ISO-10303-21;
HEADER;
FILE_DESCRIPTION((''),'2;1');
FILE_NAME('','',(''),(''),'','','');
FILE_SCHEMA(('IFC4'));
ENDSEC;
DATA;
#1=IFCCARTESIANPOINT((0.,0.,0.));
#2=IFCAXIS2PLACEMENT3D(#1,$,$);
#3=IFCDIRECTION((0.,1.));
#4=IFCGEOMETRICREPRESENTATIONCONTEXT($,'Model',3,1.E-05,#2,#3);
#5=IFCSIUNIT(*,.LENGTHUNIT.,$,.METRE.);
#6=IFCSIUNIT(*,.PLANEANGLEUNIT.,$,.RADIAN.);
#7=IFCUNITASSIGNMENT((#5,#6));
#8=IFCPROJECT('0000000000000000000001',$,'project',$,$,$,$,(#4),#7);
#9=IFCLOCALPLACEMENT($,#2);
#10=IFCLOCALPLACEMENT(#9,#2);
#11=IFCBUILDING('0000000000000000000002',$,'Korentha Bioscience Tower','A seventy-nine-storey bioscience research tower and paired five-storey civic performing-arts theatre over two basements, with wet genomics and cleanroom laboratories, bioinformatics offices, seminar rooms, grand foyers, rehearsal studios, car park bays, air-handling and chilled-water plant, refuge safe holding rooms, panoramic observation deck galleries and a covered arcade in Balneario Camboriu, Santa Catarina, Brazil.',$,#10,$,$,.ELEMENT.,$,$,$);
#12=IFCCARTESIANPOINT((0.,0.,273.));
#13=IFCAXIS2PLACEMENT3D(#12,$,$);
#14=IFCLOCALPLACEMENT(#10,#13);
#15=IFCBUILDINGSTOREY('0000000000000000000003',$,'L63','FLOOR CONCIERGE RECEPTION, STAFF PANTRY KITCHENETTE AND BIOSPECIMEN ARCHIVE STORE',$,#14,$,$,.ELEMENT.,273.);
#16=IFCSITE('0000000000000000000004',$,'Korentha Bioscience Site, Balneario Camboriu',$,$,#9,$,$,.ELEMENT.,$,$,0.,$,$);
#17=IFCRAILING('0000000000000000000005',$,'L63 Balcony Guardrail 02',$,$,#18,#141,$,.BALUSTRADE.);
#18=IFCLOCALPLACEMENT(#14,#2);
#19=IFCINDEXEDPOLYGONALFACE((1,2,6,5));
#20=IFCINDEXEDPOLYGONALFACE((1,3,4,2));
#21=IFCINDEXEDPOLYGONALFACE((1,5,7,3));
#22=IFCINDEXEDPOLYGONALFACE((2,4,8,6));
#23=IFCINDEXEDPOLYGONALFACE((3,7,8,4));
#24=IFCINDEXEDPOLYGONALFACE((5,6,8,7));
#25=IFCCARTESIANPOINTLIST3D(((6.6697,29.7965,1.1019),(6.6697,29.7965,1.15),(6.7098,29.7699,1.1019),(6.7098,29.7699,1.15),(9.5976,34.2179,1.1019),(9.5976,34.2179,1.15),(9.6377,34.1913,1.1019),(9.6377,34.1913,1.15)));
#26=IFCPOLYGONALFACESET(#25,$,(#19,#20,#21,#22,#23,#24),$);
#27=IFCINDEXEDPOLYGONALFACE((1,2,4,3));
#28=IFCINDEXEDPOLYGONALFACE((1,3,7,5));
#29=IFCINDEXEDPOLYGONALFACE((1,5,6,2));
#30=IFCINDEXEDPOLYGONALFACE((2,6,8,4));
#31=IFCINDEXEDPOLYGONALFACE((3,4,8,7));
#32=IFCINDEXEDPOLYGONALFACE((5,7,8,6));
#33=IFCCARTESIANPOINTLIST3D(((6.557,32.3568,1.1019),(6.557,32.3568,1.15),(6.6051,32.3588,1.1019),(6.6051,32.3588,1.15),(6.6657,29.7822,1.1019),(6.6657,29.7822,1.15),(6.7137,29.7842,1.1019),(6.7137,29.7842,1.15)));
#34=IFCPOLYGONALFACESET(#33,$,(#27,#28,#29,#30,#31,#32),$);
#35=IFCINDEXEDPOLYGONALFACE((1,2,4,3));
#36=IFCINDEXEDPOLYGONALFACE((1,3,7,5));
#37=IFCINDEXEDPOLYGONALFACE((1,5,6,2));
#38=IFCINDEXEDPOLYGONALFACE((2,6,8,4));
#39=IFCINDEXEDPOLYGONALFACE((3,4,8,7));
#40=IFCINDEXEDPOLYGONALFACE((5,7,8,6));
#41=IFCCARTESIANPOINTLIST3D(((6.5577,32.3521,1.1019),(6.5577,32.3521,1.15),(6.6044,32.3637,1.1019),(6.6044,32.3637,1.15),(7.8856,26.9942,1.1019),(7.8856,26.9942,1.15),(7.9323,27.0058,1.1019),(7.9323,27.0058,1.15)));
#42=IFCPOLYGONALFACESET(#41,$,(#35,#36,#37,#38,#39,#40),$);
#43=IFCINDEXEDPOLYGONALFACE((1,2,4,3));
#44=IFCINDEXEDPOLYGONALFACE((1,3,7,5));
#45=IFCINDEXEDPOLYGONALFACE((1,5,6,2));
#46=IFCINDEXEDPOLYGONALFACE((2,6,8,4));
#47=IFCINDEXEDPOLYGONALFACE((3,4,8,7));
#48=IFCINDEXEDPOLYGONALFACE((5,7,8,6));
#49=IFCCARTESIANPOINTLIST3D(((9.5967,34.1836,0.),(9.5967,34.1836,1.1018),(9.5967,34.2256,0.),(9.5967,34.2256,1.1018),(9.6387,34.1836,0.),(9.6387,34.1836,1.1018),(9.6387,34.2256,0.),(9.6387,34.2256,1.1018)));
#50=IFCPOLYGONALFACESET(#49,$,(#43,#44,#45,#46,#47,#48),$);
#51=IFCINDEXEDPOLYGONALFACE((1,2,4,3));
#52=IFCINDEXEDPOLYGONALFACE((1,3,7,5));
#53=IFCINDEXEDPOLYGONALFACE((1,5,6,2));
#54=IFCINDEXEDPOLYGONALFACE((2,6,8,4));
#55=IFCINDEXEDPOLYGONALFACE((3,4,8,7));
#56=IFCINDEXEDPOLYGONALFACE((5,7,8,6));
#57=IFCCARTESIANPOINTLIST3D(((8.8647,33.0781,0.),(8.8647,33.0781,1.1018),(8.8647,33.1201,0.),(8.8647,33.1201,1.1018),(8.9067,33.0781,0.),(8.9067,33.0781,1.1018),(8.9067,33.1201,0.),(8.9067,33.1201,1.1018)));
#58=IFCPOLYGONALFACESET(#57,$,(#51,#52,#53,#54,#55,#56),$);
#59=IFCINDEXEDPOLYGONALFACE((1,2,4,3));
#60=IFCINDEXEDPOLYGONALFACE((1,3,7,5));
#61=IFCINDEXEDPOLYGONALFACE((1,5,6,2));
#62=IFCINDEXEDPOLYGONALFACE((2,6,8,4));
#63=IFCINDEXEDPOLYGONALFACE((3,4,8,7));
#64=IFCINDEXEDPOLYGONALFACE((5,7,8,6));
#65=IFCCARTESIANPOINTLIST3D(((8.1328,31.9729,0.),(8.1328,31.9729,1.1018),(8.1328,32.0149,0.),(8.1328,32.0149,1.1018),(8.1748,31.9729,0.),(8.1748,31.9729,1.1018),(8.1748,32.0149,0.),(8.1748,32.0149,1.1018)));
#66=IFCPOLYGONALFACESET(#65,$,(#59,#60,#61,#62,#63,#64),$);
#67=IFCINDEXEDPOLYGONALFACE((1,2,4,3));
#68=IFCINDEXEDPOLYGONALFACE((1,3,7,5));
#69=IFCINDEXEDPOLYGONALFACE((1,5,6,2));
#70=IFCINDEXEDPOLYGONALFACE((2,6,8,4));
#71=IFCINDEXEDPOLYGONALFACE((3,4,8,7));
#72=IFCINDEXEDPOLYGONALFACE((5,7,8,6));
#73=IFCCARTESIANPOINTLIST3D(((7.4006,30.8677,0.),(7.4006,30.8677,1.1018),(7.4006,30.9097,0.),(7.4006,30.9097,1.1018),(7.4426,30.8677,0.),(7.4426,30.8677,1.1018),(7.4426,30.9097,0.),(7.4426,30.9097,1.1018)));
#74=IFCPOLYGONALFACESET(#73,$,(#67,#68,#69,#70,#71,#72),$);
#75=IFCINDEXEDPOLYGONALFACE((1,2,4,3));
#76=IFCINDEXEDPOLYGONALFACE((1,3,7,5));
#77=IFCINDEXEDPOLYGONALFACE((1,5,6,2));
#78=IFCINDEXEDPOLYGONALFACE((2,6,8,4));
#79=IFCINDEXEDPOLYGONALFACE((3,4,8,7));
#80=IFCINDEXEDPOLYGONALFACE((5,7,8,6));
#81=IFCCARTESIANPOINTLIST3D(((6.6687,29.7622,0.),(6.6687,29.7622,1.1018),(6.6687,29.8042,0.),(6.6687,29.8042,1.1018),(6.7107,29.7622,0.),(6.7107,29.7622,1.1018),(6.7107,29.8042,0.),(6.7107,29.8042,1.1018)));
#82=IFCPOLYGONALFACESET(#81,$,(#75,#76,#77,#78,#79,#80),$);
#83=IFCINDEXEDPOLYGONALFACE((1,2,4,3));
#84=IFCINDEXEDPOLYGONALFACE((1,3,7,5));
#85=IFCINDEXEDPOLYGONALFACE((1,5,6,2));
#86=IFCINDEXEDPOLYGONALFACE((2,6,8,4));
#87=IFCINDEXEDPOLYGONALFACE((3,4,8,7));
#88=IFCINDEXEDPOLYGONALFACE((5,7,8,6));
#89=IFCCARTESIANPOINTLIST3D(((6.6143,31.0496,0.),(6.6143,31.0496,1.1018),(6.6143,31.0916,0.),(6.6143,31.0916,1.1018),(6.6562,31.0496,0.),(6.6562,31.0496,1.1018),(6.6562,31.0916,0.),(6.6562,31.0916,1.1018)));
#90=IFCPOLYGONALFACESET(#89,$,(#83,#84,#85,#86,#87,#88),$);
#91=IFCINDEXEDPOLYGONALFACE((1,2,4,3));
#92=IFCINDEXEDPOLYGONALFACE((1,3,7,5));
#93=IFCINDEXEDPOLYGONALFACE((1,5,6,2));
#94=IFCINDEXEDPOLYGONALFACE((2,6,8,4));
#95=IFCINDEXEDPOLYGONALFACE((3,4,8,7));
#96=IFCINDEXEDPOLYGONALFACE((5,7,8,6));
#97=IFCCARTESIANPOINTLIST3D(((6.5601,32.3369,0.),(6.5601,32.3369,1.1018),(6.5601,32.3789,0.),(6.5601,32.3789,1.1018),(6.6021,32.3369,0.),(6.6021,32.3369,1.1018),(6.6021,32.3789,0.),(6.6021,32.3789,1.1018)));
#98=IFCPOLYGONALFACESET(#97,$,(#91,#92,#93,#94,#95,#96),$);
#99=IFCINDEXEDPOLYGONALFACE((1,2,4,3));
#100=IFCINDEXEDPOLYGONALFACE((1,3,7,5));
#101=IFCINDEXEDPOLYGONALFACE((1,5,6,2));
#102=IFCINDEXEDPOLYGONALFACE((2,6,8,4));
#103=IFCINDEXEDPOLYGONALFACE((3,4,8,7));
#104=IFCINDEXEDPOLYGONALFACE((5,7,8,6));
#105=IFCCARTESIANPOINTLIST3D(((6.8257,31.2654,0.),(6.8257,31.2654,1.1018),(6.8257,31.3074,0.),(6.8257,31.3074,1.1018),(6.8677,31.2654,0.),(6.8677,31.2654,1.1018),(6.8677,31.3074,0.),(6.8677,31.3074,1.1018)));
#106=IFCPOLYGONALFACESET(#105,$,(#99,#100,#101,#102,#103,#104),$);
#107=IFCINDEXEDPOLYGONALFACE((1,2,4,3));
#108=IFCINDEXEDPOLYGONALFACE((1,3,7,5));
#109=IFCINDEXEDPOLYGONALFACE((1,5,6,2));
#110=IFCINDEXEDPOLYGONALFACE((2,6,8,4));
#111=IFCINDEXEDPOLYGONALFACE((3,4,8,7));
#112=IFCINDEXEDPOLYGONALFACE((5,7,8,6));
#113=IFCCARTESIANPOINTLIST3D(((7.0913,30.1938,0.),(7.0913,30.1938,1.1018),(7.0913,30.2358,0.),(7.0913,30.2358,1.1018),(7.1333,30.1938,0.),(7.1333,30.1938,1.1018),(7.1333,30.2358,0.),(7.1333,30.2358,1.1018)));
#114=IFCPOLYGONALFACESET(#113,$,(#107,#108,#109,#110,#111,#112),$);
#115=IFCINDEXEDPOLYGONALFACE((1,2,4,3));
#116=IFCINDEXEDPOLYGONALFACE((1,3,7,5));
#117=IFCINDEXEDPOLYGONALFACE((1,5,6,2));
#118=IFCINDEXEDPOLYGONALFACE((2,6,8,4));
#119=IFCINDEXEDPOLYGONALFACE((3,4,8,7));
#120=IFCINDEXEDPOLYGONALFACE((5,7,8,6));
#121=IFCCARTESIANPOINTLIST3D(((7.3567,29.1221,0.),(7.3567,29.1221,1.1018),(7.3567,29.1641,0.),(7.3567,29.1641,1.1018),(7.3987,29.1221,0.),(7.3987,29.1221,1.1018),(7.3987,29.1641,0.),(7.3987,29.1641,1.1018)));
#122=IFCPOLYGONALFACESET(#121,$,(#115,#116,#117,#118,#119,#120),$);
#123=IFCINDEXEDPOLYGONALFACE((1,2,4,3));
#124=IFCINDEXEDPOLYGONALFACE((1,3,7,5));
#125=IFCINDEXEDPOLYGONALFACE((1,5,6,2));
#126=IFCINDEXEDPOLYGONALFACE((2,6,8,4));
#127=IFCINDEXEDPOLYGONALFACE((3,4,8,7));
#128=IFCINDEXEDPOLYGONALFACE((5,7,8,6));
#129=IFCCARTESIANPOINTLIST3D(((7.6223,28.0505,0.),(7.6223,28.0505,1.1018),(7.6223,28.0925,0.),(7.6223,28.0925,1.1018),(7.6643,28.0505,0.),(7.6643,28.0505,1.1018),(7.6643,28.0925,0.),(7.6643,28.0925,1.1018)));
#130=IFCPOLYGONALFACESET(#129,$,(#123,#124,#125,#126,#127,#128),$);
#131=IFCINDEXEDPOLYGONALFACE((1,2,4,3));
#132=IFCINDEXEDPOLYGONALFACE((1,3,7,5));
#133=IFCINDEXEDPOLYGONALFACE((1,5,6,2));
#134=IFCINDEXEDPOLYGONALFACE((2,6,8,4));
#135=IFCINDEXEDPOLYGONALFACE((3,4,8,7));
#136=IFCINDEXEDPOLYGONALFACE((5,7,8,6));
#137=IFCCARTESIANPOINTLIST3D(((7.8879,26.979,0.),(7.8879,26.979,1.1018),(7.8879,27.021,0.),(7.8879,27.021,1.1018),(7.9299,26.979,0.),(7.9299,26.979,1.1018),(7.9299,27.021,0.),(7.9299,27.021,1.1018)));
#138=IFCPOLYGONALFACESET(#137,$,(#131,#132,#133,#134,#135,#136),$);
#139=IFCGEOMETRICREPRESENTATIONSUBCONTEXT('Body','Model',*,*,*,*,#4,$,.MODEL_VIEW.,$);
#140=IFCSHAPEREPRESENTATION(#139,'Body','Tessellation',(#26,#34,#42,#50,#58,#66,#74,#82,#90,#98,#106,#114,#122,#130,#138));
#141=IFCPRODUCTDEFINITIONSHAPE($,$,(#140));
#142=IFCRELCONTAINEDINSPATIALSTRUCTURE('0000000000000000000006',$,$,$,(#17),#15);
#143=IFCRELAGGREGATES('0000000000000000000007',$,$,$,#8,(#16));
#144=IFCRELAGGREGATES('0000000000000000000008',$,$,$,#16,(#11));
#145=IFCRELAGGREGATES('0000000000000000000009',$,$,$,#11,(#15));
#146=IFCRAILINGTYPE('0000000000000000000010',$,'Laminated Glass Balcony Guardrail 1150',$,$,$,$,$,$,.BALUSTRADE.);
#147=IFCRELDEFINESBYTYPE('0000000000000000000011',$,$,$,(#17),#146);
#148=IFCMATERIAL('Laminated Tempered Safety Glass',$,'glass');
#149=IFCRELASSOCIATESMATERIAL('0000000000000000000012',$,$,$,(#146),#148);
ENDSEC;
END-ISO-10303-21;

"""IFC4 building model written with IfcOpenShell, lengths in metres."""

from ifc_helpers import new_model, si_unit, direction, frame, origin, origin_2d, place, context, subcontext, project, spatial, rectangle, extrude, material, type_object, element, save


model = new_model("IFC4")

# Units and contexts
model_context = context("Model", 3, precision=1e-05, world=origin(), true_north=direction((0.0, 1.0)))
body_context = subcontext(model_context, "Body", "Model", "MODEL_VIEW")
ifc_project = project(units=[si_unit("LENGTHUNIT", "METRE"), si_unit("PLANEANGLEUNIT", "RADIAN")], contexts=[model_context])

# Site, building, storey
site_placement = place(None, origin())
site = spatial("IfcSite", under=ifc_project, at=site_placement, Name="Korentha Bioscience Site, Balneario Camboriu", CompositionType="ELEMENT", RefElevation=0.0)
building_placement = place(site_placement, origin())
building = spatial("IfcBuilding", under=site, at=building_placement, Name="Korentha Bioscience Tower", Description="A seventy-nine-storey bioscience research tower and paired five-storey civic performing-arts theatre over two basements, with wet genomics and cleanroom laboratories, bioinformatics offices, seminar rooms, grand foyers, rehearsal studios, car park bays, air-handling and chilled-water plant, refuge safe holding rooms, panoramic observation deck galleries and a covered arcade in Balneario Camboriu, Santa Catarina, Brazil.", CompositionType="ELEMENT")
storey_placement = place(building_placement, frame((0.0, 0.0, 273.0)))
storey = spatial("IfcBuildingStorey", under=building, at=storey_placement, Name="L63", Description="FLOOR CONCIERGE RECEPTION, STAFF PANTRY KITCHENETTE AND BIOSPECIMEN ARCHIVE STORE", CompositionType="ELEMENT", Elevation=273.0)

# Railing
ifc_material_1 = material(Name="Laminated Tempered Safety Glass", Category="glass")
railing_type = type_object("IfcRailingType", Name="Laminated Glass Balcony Guardrail 1150", PredefinedType="BALUSTRADE", material=ifc_material_1)
railing_placement = place(storey_placement, frame((9.6177, 34.2046, 0.0)))
element("IfcRailing", 1, at=railing_placement, inside=storey, type_object=railing_type, Name="L63 Balcony Guardrail 02", PredefinedType="BALUSTRADE", context=body_context, shape_type="SweptSolid", body=[
    extrude(rectangle(XDim=0.0481, YDim=0.0481, at=origin_2d()), frame((0.0, 0.0, 1.126), z_axis=(-0.552137, -0.833753, 0.0), x_axis=(0.833753, -0.552137, 0.0)), (0.0, 0.0, 1.0), 5.303),
    extrude(rectangle(XDim=0.0481, YDim=0.0481, at=origin_2d()), frame((-2.928, -4.4214, 1.126), z_axis=(-0.042159, 0.999111, 0.0), x_axis=(-0.999111, -0.042159, 0.0)), (0.0, 0.0, 1.0), 2.5769),
    extrude(rectangle(XDim=0.0481, YDim=0.0481, at=origin_2d()), frame((-3.0366, -1.8467, 1.126), z_axis=(0.240558, -0.970635, 0.0), x_axis=(0.970635, 0.240558, 0.0)), (0.0, 0.0, 1.0), 5.52),
    extrude(rectangle(XDim=0.042, YDim=0.042, at=origin_2d()), origin(), (0.0, 0.0, 1.0), 1.1018),
    extrude(rectangle(XDim=0.042, YDim=0.042, at=origin_2d()), frame((-0.7319, -1.1055, 0.0)), (0.0, 0.0, 1.0), 1.1018),
    extrude(rectangle(XDim=0.042, YDim=0.042, at=origin_2d()), frame((-1.4639, -2.2107, 0.0)), (0.0, 0.0, 1.0), 1.1018),
    extrude(rectangle(XDim=0.042, YDim=0.042, at=origin_2d()), frame((-2.196, -3.3159, 0.0)), (0.0, 0.0, 1.0), 1.1018),
    extrude(rectangle(XDim=0.042, YDim=0.042, at=origin_2d()), frame((-2.928, -4.4214, 0.0)), (0.0, 0.0, 1.0), 1.1018),
    extrude(rectangle(XDim=0.042, YDim=0.042, at=origin_2d()), frame((-2.9824, -3.134, 0.0)), (0.0, 0.0, 1.0), 1.1018),
    extrude(rectangle(XDim=0.042, YDim=0.042, at=origin_2d()), frame((-3.0366, -1.8467, 0.0)), (0.0, 0.0, 1.0), 1.1018),
    extrude(rectangle(XDim=0.042, YDim=0.042, at=origin_2d()), frame((-2.771, -2.9182, 0.0)), (0.0, 0.0, 1.0), 1.1018),
    extrude(rectangle(XDim=0.042, YDim=0.042, at=origin_2d()), frame((-2.5054, -3.9897, 0.0)), (0.0, 0.0, 1.0), 1.1018),
    extrude(rectangle(XDim=0.042, YDim=0.042, at=origin_2d()), frame((-2.24, -5.0615, 0.0)), (0.0, 0.0, 1.0), 1.1018),
    extrude(rectangle(XDim=0.042, YDim=0.042, at=origin_2d()), frame((-1.9744, -6.1331, 0.0)), (0.0, 0.0, 1.0), 1.1018),
    extrude(rectangle(XDim=0.042, YDim=0.042, at=origin_2d()), frame((-1.7087, -7.2046, 0.0)), (0.0, 0.0, 1.0), 1.1018),
])

save(model, "model.ifc")
